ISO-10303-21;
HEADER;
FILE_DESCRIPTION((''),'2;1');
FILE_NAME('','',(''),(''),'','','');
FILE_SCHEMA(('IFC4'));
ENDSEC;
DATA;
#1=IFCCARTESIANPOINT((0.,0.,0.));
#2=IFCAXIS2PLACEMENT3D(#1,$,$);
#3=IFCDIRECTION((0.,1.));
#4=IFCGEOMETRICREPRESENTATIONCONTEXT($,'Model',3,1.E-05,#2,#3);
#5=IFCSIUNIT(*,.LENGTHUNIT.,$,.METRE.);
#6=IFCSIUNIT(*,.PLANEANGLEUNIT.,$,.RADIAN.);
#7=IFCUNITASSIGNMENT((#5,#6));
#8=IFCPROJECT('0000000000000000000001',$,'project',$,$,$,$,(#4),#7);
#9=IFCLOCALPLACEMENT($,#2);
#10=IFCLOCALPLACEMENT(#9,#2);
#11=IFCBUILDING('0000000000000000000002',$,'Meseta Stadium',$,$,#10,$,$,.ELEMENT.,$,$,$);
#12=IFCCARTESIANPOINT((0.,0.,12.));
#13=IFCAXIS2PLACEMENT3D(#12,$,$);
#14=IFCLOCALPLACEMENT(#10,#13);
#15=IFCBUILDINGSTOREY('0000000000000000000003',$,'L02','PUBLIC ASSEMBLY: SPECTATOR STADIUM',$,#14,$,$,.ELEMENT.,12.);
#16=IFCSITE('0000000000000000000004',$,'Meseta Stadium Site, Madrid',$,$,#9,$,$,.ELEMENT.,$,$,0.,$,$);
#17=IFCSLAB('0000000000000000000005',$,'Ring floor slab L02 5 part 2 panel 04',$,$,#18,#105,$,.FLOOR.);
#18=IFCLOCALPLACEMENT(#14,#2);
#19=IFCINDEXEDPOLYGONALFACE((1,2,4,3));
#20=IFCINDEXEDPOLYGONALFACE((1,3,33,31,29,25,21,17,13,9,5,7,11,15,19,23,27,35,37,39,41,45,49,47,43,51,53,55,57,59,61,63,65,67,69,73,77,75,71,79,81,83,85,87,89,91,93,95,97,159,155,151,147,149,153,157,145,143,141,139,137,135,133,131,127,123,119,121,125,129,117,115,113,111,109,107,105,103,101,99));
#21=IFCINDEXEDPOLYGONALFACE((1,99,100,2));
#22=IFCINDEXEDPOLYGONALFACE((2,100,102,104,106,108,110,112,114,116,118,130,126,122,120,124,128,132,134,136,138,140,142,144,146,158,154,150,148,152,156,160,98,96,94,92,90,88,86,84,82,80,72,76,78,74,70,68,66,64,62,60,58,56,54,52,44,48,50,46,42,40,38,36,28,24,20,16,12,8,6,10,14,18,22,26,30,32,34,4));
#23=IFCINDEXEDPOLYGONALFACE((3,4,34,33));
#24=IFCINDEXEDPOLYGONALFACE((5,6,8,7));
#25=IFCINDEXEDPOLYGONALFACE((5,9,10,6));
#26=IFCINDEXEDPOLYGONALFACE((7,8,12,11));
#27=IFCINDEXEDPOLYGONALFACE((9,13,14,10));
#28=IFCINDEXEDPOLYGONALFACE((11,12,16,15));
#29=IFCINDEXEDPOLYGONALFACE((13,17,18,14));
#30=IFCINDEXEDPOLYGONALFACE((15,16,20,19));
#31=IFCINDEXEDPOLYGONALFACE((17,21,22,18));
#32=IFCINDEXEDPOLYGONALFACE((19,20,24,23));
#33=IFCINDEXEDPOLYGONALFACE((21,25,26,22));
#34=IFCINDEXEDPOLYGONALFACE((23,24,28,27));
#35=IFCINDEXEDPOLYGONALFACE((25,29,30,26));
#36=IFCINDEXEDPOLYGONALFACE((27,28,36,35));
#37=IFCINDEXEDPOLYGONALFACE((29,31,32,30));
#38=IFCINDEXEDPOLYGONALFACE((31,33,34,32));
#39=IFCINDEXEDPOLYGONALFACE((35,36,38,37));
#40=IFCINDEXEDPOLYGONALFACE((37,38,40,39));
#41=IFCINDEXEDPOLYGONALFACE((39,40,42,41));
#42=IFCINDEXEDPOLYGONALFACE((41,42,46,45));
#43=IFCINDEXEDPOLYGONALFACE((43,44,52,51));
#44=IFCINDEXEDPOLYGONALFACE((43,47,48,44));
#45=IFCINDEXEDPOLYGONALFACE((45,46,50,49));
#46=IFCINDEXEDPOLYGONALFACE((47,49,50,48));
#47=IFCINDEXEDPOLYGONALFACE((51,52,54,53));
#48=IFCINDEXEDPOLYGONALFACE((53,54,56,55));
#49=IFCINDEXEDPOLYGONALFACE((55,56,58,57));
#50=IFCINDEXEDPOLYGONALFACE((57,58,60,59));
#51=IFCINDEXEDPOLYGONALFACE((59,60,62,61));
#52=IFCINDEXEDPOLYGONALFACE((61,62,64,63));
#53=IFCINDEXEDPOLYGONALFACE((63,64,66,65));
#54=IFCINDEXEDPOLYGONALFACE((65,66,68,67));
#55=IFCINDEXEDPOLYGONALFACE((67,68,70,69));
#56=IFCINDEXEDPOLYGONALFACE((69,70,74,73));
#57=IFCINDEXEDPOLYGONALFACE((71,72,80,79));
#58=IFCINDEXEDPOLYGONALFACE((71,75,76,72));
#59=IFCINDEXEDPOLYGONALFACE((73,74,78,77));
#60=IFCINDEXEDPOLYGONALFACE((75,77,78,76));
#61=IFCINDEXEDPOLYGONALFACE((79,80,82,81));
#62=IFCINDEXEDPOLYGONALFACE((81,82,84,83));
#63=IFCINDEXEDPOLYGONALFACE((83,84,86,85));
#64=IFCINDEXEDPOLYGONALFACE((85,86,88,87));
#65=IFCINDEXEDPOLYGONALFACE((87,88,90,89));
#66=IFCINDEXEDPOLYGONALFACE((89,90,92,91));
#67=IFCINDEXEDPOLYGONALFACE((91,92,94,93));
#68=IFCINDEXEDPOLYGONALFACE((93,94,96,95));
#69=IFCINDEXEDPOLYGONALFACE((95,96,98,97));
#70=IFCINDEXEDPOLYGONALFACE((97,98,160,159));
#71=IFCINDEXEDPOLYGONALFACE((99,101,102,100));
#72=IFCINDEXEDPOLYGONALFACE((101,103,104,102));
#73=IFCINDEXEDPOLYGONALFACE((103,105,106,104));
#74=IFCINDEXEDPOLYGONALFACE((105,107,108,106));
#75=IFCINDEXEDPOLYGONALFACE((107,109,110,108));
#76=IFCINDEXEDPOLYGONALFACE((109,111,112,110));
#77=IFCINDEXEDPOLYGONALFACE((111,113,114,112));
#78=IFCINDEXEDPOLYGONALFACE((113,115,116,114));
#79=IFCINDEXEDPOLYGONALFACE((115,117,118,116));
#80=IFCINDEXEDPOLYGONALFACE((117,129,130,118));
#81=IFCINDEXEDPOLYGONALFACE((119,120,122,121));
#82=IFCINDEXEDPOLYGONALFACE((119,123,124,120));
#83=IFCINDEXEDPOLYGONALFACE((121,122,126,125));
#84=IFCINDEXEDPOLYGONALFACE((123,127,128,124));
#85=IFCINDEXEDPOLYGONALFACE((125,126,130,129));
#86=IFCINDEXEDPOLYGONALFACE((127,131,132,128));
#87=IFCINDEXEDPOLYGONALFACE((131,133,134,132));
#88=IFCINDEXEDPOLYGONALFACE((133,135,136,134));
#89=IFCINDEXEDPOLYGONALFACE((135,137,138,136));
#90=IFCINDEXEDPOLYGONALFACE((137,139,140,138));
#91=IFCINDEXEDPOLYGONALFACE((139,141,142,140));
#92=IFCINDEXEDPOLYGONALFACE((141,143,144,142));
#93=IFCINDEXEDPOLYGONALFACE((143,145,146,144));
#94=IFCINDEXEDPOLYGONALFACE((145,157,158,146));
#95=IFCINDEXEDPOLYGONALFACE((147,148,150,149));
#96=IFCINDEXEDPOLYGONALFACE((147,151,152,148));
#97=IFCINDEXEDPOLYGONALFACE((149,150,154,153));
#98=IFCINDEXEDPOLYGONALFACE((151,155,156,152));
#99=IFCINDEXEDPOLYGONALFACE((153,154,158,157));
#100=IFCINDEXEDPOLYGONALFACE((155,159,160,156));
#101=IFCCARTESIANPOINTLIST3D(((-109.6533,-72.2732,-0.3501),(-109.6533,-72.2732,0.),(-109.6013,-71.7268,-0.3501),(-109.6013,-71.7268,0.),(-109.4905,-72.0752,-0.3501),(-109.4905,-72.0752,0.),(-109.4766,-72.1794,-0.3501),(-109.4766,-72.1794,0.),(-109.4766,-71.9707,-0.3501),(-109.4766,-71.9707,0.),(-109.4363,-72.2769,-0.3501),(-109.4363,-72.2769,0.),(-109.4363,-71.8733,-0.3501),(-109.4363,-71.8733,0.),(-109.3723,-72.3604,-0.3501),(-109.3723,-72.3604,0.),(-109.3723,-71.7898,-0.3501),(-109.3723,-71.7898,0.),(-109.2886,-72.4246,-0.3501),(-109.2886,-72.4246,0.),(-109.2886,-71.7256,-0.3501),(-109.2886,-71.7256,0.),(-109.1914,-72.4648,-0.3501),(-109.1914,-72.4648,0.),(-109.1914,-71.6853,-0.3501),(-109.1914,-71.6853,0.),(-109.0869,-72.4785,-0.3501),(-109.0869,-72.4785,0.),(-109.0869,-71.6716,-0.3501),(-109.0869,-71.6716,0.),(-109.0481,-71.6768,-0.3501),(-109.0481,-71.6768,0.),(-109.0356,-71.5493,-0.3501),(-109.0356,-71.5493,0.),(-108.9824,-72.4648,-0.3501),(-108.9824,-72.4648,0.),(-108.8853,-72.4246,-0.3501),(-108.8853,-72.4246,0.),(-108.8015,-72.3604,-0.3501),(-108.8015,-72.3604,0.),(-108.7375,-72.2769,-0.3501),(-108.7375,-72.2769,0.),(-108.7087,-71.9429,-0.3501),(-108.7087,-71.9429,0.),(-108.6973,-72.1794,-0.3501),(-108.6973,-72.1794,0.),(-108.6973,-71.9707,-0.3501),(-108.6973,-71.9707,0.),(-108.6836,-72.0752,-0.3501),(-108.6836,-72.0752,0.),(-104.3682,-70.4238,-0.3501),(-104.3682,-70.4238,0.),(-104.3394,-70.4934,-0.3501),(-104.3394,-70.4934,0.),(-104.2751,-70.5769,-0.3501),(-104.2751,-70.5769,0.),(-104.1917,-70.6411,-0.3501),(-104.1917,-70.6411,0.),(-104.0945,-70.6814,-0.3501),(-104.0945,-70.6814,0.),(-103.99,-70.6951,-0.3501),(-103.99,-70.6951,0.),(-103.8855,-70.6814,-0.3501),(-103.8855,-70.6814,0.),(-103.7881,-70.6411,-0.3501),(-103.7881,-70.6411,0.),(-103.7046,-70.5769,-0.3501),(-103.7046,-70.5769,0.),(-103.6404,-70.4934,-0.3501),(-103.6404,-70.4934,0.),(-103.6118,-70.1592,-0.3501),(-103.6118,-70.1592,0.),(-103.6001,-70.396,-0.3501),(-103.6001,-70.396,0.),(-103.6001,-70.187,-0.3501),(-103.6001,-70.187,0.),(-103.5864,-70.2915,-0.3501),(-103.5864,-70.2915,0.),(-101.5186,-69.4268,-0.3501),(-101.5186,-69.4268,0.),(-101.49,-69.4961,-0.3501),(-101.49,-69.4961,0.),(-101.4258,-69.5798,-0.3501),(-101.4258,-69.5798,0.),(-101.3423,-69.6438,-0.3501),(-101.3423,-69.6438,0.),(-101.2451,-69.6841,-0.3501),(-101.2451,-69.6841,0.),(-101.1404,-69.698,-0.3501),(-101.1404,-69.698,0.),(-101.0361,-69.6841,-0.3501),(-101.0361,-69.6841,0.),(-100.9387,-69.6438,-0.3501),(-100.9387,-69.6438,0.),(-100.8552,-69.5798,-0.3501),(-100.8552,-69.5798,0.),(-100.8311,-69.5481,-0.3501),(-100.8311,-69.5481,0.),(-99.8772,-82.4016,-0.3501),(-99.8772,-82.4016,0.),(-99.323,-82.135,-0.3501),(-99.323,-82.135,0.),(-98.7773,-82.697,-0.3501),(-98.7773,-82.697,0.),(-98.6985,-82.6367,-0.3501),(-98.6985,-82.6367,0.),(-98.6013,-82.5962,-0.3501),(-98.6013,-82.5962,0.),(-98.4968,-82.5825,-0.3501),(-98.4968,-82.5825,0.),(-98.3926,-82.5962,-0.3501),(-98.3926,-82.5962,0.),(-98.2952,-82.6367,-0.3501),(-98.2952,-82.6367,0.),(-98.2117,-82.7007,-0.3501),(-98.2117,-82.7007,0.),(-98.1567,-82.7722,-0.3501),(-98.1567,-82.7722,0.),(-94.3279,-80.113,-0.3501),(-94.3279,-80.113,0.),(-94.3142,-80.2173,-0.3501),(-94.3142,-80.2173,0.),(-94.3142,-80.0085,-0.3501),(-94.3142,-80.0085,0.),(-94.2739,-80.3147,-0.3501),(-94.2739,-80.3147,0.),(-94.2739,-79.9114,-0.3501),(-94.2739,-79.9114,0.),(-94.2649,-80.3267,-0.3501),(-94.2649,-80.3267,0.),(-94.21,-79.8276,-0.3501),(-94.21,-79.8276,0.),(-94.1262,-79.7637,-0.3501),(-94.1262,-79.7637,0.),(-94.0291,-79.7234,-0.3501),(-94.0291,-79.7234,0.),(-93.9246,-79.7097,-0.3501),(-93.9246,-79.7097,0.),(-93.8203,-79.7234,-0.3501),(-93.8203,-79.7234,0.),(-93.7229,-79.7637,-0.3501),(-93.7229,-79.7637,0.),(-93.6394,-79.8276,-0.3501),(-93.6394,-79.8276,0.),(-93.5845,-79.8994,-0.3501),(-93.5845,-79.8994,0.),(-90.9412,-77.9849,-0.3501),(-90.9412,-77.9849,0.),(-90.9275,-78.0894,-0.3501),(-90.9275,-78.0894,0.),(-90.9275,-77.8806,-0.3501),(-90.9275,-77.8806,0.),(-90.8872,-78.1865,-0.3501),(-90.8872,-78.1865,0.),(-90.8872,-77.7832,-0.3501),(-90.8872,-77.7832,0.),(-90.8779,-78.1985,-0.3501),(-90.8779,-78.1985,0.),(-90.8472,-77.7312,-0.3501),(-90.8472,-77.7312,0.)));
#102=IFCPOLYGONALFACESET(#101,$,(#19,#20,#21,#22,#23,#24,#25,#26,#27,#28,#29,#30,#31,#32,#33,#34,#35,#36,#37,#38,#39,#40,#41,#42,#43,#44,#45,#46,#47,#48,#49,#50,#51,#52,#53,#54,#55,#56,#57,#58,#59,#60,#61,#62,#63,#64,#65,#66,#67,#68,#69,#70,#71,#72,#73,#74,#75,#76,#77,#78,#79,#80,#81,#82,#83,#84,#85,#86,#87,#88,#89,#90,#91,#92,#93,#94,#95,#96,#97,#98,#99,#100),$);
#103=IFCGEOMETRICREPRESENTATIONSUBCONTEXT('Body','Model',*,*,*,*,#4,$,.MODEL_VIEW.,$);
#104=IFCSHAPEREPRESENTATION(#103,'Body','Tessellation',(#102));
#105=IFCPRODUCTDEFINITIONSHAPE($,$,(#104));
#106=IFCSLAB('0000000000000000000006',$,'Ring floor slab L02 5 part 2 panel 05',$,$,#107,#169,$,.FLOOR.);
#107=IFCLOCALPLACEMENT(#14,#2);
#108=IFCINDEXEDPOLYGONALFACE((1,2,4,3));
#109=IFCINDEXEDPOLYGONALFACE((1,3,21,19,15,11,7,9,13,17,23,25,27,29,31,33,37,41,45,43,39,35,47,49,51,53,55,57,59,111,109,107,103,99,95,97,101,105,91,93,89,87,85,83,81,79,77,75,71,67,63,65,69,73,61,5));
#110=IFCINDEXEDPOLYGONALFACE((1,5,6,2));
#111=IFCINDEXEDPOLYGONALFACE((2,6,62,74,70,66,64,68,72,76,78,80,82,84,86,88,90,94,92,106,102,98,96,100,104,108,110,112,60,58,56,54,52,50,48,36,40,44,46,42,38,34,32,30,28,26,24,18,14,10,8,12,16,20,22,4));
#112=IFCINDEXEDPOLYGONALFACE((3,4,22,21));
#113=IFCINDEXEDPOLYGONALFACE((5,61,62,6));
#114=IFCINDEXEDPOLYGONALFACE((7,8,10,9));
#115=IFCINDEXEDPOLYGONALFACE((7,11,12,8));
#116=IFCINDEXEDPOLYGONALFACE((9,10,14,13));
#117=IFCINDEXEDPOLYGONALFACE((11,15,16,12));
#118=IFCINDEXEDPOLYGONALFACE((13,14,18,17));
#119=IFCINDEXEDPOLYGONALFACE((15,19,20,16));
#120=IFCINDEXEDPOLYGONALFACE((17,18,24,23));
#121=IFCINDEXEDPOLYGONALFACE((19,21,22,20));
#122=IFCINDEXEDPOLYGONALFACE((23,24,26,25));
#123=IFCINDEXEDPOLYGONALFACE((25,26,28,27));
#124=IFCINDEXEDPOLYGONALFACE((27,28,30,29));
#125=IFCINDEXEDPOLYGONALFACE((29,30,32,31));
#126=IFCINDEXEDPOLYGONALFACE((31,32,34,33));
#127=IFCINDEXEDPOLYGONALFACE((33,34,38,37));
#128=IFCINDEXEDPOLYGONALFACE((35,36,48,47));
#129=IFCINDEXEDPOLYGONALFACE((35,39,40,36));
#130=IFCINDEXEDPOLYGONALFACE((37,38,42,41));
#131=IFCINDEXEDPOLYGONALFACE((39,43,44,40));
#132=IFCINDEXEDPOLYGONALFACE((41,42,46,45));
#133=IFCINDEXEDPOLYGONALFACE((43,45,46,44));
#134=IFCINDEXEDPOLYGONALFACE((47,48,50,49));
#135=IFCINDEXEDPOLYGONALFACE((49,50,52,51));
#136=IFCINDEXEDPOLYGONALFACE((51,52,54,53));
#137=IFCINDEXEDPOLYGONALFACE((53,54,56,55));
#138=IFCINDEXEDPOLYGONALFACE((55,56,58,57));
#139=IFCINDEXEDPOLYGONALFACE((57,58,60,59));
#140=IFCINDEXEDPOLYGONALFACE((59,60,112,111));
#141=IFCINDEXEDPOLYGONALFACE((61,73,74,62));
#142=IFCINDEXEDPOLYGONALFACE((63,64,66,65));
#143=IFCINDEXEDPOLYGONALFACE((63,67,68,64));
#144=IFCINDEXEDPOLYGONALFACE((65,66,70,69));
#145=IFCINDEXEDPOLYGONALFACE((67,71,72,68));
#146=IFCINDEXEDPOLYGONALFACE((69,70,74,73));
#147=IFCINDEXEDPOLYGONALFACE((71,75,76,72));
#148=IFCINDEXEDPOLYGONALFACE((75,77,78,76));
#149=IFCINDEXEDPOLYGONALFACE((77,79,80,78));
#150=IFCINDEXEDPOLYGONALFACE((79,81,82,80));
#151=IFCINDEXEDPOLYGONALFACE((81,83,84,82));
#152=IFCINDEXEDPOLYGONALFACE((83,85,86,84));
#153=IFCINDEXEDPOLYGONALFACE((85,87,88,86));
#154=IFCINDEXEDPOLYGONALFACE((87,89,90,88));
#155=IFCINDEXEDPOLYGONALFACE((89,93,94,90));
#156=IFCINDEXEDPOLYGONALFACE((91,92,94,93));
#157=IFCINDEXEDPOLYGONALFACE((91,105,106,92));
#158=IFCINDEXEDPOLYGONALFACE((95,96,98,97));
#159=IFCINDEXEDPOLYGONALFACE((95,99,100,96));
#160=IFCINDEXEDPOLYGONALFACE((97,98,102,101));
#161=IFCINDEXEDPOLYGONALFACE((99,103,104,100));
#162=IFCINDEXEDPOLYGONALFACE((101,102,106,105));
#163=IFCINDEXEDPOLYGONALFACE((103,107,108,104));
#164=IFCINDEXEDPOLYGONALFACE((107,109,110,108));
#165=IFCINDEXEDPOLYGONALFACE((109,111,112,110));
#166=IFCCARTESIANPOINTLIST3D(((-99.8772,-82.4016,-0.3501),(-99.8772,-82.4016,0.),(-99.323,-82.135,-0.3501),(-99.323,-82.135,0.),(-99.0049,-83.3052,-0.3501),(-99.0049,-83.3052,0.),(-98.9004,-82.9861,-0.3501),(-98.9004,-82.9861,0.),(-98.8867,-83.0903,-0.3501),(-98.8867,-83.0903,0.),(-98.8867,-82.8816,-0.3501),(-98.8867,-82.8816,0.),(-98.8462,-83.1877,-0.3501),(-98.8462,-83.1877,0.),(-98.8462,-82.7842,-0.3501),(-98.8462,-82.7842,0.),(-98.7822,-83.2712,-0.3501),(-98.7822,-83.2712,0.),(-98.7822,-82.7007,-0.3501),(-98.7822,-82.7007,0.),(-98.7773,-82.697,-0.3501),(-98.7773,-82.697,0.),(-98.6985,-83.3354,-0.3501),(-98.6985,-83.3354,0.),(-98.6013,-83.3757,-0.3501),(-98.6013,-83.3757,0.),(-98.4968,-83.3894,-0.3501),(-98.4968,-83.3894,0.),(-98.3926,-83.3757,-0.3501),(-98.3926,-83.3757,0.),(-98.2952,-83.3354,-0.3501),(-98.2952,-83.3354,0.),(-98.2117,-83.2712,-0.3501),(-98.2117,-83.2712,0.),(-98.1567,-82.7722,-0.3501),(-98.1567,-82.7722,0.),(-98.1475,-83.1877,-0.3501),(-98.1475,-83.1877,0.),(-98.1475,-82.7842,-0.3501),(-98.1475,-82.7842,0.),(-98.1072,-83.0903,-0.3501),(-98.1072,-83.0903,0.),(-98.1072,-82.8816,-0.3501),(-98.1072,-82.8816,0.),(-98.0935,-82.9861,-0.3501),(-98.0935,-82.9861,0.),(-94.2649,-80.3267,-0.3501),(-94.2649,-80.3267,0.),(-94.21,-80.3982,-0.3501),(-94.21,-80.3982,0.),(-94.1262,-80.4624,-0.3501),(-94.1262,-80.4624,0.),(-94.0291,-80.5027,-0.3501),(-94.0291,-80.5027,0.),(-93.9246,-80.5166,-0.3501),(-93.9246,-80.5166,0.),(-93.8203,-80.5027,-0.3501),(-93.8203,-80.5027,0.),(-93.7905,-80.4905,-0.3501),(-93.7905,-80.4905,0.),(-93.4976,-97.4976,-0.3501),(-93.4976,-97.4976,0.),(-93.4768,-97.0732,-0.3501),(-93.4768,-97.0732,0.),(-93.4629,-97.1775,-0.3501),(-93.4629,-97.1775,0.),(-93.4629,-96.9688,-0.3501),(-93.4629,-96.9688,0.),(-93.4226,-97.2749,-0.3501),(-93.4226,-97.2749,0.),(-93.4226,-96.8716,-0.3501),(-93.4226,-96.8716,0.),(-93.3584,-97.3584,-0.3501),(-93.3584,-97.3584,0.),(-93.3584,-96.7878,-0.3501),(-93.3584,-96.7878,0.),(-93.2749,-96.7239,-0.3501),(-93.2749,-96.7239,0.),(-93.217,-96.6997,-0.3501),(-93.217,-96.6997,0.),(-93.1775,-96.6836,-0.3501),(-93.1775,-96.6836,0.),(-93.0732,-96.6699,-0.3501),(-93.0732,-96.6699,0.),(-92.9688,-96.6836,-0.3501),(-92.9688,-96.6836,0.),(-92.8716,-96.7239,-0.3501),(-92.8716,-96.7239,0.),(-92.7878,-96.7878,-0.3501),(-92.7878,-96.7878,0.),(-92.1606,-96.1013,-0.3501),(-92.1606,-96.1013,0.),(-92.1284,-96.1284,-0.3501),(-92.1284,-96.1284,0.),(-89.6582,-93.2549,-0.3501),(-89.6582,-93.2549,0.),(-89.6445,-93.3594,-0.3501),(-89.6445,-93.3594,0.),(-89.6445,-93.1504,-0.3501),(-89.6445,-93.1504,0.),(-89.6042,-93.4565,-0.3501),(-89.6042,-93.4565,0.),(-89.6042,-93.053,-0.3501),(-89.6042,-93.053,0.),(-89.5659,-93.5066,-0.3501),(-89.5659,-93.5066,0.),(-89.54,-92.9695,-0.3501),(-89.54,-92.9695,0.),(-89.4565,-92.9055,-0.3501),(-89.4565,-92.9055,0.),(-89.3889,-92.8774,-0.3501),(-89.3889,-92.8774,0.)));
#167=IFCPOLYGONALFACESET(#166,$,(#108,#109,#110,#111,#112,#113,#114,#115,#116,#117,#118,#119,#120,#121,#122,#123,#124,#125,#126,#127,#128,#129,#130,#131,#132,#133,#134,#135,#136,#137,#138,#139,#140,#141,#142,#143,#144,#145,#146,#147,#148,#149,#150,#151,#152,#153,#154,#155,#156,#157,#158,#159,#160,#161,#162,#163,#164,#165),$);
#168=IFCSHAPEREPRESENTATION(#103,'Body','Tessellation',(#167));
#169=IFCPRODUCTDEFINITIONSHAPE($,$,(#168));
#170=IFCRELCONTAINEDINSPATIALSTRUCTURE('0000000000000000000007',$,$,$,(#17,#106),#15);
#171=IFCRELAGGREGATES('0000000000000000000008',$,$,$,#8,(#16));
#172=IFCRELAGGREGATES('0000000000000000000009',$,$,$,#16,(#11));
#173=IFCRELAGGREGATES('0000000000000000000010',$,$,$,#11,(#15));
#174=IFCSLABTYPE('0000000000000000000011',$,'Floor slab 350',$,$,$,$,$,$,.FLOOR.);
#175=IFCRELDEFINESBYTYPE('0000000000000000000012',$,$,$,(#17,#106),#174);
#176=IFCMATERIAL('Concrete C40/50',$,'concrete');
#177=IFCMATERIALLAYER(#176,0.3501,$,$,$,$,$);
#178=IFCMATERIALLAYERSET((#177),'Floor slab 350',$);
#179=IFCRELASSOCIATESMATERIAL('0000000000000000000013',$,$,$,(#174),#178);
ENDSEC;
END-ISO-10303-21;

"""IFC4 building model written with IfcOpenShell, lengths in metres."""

from ifc_helpers import new_model, si_unit, direction, frame, origin, place, context, subcontext, project, spatial, polyline, outline, extrude, material, layer, layer_set, type_object, element, save


model = new_model("IFC4")

# Units and contexts
model_context = context("Model", 3, precision=1e-05, world=origin(), true_north=direction((0.0, 1.0)))
body_context = subcontext(model_context, "Body", "Model", "MODEL_VIEW")
ifc_project = project(units=[si_unit("LENGTHUNIT", "METRE"), si_unit("PLANEANGLEUNIT", "RADIAN")], contexts=[model_context])

# Site, building, storey
site_placement = place(None, origin())
site = spatial("IfcSite", under=ifc_project, at=site_placement, Name="Meseta Stadium Site, Madrid", CompositionType="ELEMENT", RefElevation=0.0)
building_placement = place(site_placement, origin())
building = spatial("IfcBuilding", under=site, at=building_placement, Name="Meseta Stadium", CompositionType="ELEMENT")
storey_placement = place(building_placement, frame((0.0, 0.0, 12.0)))
storey = spatial("IfcBuildingStorey", under=building, at=storey_placement, Name="L02", Description="PUBLIC ASSEMBLY: SPECTATOR STADIUM", CompositionType="ELEMENT", Elevation=12.0)

# Slabs
ifc_material_1 = material(Name="Concrete C40/50", Category="concrete")
ifc_layer_1 = layer(ifc_material_1, 0.3501)
ifc_layer_set_1 = layer_set([ifc_layer_1], Name="Floor slab 350")
slab_type_1 = type_object("IfcSlabType", Name="Floor slab 350", PredefinedType="FLOOR", material=ifc_layer_set_1)
slab_1_placement = place(storey_placement, frame((0.0, 0.0, -0.3501)))
element("IfcSlab", 1, at=slab_1_placement, inside=storey, type_object=slab_type_1, Name="Ring floor slab L02 5 part 2 panel 04", PredefinedType="FLOOR", context=body_context, shape_type="SweptSolid", body=[
    extrude(outline(polyline([(-109.4766, -71.9707), (-109.4363, -71.8733), (-109.3723, -71.7898), (-109.2886, -71.7256), (-109.1914, -71.6853), (-109.0869, -71.6716), (-109.0481, -71.6768), (-109.0356, -71.5493), (-109.6013, -71.7268), (-109.6533, -72.2732), (-99.8772, -82.4016), (-99.323, -82.135), (-98.7773, -82.697), (-98.6985, -82.6367), (-98.6013, -82.5962), (-98.4968, -82.5825), (-98.3926, -82.5962), (-98.2952, -82.6367), (-98.2117, -82.7007), (-98.1567, -82.7722), (-94.2649, -80.3267), (-94.2739, -80.3147), (-94.3142, -80.2173), (-94.3279, -80.113), (-94.3142, -80.0085), (-94.2739, -79.9114), (-94.21, -79.8276), (-94.1262, -79.7637), (-94.0291, -79.7234), (-93.9246, -79.7097), (-93.8203, -79.7234), (-93.7229, -79.7637), (-93.6394, -79.8276), (-93.5845, -79.8994), (-90.8779, -78.1985), (-90.8872, -78.1865), (-90.9275, -78.0894), (-90.9412, -77.9849), (-90.9275, -77.8806), (-90.8872, -77.7832), (-90.8472, -77.7312), (-100.8311, -69.5481), (-100.8552, -69.5798), (-100.9387, -69.6438), (-101.0361, -69.6841), (-101.1404, -69.698), (-101.2451, -69.6841), (-101.3423, -69.6438), (-101.4258, -69.5798), (-101.49, -69.4961), (-101.5186, -69.4268), (-103.6118, -70.1592), (-103.6001, -70.187), (-103.5864, -70.2915), (-103.6001, -70.396), (-103.6404, -70.4934), (-103.7046, -70.5769), (-103.7881, -70.6411), (-103.8855, -70.6814), (-103.99, -70.6951), (-104.0945, -70.6814), (-104.1917, -70.6411), (-104.2751, -70.5769), (-104.3394, -70.4934), (-104.3682, -70.4238), (-108.7087, -71.9429), (-108.6973, -71.9707), (-108.6836, -72.0752), (-108.6973, -72.1794), (-108.7375, -72.2769), (-108.8015, -72.3604), (-108.8853, -72.4246), (-108.9824, -72.4648), (-109.0869, -72.4785), (-109.1914, -72.4648), (-109.2886, -72.4246), (-109.3723, -72.3604), (-109.4363, -72.2769), (-109.4766, -72.1794), (-109.4905, -72.0752), (-109.4766, -71.9707)])), origin(), (0.0, 0.0, 1.0), 0.3501),
])
slab_2_placement = place(storey_placement, frame((0.0, 0.0, -0.3501)))
element("IfcSlab", 2, at=slab_2_placement, inside=storey, type_object=slab_type_1, Name="Ring floor slab L02 5 part 2 panel 05", PredefinedType="FLOOR", context=body_context, shape_type="SweptSolid", body=[
    extrude(outline(polyline([(-92.7878, -96.7878), (-92.1284, -96.1284), (-92.1606, -96.1013), (-89.5659, -93.5066), (-89.6042, -93.4565), (-89.6445, -93.3594), (-89.6582, -93.2549), (-89.6445, -93.1504), (-89.6042, -93.053), (-89.54, -92.9695), (-89.4565, -92.9055), (-89.3889, -92.8774), (-93.7905, -80.4905), (-93.8203, -80.5027), (-93.9246, -80.5166), (-94.0291, -80.5027), (-94.1262, -80.4624), (-94.21, -80.3982), (-94.2649, -80.3267), (-98.1567, -82.7722), (-98.1475, -82.7842), (-98.1072, -82.8816), (-98.0935, -82.9861), (-98.1072, -83.0903), (-98.1475, -83.1877), (-98.2117, -83.2712), (-98.2952, -83.3354), (-98.3926, -83.3757), (-98.4968, -83.3894), (-98.6013, -83.3757), (-98.6985, -83.3354), (-98.7822, -83.2712), (-98.8462, -83.1877), (-98.8867, -83.0903), (-98.9004, -82.9861), (-98.8867, -82.8816), (-98.8462, -82.7842), (-98.7822, -82.7007), (-98.7773, -82.697), (-99.323, -82.135), (-99.8772, -82.4016), (-99.0049, -83.3052), (-93.4976, -97.4976), (-93.3584, -97.3584), (-93.4226, -97.2749), (-93.4629, -97.1775), (-93.4768, -97.0732), (-93.4629, -96.9688), (-93.4226, -96.8716), (-93.3584, -96.7878), (-93.2749, -96.7239), (-93.217, -96.6997), (-93.1775, -96.6836), (-93.0732, -96.6699), (-92.9688, -96.6836), (-92.8716, -96.7239), (-92.7878, -96.7878)])), origin(), (0.0, 0.0, 1.0), 0.3501),
])

save(model, "model.ifc")
